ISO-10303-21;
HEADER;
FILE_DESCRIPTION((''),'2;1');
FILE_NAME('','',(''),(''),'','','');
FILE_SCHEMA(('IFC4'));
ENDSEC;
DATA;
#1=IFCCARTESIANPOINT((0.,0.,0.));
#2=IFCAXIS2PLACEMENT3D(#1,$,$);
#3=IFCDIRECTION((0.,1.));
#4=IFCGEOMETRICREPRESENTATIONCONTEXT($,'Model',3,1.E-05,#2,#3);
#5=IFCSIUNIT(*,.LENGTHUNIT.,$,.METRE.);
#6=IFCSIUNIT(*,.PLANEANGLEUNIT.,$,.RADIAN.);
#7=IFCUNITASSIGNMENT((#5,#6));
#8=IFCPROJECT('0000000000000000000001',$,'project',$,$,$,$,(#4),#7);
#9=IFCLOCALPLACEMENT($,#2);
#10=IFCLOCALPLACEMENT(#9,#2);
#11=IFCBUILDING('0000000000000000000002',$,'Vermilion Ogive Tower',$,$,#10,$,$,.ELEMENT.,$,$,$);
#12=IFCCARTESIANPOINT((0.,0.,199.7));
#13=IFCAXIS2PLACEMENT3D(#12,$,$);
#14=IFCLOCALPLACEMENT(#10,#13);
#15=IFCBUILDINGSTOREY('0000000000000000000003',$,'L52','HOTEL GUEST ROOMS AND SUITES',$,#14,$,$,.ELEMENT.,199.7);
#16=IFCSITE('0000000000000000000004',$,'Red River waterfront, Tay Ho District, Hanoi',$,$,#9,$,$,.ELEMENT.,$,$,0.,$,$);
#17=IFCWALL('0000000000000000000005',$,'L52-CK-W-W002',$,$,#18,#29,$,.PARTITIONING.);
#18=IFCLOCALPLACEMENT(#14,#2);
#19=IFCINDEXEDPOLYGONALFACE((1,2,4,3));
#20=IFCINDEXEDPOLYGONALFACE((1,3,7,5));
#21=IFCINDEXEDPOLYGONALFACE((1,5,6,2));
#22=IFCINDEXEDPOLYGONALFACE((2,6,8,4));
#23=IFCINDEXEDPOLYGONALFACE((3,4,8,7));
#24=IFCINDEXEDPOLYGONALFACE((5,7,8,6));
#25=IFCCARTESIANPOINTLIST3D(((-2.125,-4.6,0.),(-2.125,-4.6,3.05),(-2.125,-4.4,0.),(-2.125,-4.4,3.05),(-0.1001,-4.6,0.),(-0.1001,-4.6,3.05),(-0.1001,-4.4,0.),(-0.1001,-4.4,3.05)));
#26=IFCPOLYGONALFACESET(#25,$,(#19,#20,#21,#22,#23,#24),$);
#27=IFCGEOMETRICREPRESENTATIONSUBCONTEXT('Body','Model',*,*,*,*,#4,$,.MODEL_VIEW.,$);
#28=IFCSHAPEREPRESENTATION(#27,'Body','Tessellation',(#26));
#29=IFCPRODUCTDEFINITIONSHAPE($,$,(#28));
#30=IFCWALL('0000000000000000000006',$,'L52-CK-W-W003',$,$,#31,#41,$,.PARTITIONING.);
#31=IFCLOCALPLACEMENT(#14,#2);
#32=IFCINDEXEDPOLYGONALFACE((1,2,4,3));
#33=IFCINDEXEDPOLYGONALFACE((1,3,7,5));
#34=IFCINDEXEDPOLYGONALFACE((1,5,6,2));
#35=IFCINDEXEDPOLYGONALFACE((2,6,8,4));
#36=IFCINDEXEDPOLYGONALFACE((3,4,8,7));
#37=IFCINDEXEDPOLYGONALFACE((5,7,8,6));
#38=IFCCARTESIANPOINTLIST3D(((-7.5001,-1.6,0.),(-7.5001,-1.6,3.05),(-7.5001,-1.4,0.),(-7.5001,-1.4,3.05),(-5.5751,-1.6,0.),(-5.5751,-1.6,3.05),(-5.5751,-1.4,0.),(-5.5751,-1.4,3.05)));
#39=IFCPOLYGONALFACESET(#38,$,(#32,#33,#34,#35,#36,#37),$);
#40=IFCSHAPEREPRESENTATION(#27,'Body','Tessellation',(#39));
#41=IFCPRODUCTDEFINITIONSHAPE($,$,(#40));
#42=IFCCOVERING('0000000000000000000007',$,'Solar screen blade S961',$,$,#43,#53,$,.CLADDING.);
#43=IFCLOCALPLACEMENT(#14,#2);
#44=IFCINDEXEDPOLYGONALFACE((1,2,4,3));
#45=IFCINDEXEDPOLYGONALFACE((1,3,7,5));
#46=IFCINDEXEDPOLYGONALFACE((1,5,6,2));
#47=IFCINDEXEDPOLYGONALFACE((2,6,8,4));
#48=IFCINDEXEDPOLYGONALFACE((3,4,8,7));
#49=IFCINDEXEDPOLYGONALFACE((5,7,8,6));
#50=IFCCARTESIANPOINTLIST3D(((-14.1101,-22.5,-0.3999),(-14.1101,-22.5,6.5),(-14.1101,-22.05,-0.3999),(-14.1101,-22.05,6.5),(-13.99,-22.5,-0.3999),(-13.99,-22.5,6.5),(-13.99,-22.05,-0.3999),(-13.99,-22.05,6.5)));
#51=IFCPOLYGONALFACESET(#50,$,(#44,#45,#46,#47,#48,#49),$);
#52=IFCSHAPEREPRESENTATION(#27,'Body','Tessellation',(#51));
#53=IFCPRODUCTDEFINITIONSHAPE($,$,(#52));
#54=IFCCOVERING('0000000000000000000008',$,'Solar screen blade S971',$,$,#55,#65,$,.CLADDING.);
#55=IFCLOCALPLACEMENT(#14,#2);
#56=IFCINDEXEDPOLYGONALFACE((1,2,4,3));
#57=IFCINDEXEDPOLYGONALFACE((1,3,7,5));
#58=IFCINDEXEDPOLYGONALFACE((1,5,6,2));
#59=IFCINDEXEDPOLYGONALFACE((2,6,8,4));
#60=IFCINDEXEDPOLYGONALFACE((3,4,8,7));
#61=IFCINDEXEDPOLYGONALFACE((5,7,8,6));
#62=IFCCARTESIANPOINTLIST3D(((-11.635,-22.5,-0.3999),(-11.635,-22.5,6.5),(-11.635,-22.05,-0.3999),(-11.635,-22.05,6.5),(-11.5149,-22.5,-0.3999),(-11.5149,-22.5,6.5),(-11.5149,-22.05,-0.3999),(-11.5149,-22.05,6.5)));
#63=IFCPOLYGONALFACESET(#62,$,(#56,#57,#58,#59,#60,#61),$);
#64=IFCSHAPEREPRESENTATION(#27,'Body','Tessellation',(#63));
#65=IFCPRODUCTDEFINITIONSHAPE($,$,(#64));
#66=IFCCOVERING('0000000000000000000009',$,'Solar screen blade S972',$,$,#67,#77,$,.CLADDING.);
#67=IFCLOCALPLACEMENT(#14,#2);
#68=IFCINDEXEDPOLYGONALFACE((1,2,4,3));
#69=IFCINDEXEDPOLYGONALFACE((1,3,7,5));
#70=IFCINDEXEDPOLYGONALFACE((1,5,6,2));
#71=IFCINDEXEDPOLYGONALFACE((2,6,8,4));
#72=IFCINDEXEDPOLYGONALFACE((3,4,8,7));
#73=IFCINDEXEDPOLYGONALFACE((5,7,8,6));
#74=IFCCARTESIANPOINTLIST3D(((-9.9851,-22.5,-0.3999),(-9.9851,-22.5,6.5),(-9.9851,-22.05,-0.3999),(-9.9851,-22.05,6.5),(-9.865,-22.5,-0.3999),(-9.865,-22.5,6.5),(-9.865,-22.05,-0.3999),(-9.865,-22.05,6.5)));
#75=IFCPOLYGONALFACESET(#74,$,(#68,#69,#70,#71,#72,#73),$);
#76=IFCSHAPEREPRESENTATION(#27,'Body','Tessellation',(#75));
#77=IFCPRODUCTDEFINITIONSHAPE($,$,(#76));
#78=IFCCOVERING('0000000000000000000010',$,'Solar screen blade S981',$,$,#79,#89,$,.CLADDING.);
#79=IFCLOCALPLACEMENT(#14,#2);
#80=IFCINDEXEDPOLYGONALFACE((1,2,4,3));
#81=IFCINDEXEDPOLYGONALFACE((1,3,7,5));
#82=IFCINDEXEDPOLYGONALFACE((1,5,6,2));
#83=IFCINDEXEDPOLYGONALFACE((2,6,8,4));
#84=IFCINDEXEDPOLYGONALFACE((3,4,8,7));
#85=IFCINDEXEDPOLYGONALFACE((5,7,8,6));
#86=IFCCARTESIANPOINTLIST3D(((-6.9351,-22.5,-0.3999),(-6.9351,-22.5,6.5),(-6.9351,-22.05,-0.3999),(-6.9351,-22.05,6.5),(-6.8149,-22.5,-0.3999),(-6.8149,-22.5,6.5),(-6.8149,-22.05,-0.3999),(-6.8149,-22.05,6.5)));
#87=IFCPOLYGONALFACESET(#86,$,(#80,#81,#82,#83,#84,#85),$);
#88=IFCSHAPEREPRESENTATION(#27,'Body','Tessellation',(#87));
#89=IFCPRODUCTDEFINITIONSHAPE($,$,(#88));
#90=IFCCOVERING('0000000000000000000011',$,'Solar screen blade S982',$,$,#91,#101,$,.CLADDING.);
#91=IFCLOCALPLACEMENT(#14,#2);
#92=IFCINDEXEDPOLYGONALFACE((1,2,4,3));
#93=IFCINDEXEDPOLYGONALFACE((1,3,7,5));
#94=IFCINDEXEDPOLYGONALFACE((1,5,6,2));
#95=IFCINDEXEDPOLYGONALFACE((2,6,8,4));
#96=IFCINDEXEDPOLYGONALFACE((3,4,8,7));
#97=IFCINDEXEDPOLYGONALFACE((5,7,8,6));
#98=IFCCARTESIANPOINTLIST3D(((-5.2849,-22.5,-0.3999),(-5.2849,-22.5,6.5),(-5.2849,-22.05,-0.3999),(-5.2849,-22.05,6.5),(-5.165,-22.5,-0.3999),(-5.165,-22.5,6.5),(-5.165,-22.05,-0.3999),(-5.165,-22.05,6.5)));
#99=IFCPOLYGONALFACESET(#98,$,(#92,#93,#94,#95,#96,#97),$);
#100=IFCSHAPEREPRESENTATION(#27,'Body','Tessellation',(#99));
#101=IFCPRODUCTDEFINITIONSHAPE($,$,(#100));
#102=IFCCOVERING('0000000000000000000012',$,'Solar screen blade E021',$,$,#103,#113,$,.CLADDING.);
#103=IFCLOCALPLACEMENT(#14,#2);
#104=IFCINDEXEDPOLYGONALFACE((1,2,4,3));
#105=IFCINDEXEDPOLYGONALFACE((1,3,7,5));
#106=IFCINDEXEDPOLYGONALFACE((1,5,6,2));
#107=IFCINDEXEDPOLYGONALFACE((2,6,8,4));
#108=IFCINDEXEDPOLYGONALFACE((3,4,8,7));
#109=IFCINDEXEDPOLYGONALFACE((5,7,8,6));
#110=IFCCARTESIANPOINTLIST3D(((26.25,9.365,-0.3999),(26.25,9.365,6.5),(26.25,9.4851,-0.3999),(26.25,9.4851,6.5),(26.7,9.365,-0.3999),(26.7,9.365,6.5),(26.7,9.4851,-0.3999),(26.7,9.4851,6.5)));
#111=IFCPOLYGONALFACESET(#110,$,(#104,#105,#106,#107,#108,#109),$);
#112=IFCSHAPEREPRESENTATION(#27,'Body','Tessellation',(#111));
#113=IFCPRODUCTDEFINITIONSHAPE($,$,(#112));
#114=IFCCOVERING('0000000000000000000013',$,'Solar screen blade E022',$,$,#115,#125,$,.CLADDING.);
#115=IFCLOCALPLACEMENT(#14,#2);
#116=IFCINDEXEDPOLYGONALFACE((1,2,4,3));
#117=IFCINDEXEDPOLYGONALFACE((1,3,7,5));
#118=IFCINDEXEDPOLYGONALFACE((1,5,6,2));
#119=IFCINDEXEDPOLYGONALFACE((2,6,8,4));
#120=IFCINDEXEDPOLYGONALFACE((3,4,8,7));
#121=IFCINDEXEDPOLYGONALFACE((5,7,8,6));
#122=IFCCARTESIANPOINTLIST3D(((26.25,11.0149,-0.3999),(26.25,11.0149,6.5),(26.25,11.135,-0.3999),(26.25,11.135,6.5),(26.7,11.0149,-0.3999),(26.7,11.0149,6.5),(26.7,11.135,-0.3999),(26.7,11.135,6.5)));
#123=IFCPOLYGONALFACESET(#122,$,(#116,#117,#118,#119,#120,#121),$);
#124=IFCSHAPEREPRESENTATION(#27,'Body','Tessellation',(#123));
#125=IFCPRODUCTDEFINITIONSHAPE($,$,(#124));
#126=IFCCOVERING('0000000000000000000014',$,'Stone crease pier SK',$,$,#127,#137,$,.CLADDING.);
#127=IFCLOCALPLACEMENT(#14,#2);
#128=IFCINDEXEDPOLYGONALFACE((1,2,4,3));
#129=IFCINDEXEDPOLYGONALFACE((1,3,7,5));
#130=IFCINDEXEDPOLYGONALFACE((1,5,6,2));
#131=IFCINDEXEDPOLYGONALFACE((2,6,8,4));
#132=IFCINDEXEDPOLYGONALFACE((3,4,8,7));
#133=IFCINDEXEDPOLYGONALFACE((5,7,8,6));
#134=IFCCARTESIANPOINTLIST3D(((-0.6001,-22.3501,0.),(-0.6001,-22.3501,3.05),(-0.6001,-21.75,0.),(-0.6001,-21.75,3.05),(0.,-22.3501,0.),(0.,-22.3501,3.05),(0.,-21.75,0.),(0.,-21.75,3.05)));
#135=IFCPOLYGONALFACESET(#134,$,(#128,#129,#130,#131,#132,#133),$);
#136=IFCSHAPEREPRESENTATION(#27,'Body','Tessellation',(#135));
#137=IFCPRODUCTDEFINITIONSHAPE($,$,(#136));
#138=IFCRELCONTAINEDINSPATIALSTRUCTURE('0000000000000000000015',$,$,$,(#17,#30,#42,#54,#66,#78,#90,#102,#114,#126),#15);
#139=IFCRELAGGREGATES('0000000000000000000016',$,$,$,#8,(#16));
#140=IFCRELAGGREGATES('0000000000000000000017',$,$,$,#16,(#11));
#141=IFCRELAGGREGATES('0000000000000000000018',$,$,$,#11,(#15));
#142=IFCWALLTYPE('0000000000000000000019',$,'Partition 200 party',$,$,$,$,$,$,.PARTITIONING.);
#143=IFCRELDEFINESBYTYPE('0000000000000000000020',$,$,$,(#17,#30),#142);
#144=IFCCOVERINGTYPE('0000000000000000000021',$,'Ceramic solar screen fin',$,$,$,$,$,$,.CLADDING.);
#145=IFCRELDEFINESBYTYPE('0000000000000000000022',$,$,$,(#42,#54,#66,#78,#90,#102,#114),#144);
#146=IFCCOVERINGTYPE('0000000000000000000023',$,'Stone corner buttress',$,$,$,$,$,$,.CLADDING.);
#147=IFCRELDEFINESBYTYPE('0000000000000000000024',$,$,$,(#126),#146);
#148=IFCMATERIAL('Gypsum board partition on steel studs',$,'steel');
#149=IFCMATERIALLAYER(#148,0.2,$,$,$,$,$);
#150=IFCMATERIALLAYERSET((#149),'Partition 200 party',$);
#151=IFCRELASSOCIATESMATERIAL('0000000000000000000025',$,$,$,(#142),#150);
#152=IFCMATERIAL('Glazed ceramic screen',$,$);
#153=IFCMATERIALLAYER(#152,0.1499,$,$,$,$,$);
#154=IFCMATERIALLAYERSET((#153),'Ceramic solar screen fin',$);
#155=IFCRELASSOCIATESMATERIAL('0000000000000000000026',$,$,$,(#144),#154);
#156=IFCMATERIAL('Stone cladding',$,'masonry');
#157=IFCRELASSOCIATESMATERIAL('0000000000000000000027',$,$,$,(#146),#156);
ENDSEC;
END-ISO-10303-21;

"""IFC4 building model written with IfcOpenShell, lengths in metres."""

from ifc_helpers import new_model, si_unit, direction, frame, frame_2d, origin, place, context, subcontext, project, spatial, polyline, rectangle, outline, extrude, material, layer, layer_set, type_object, element, save


model = new_model("IFC4")

# Units and contexts
model_context = context("Model", 3, precision=1e-05, world=origin(), true_north=direction((0.0, 1.0)))
body_context = subcontext(model_context, "Body", "Model", "MODEL_VIEW")
ifc_project = project(units=[si_unit("LENGTHUNIT", "METRE"), si_unit("PLANEANGLEUNIT", "RADIAN")], contexts=[model_context])

# Site, building, storey
site_placement = place(None, origin())
site = spatial("IfcSite", under=ifc_project, at=site_placement, Name="Red River waterfront, Tay Ho District, Hanoi", CompositionType="ELEMENT", RefElevation=0.0)
building_placement = place(site_placement, origin())
building = spatial("IfcBuilding", under=site, at=building_placement, Name="Vermilion Ogive Tower", CompositionType="ELEMENT")
storey_placement = place(building_placement, frame((0.0, 0.0, 199.7)))
storey = spatial("IfcBuildingStorey", under=building, at=storey_placement, Name="L52", Description="HOTEL GUEST ROOMS AND SUITES", CompositionType="ELEMENT", Elevation=199.7)

# Walls
ifc_material_1 = material(Name="Gypsum board partition on steel studs", Category="steel")
ifc_layer_1 = layer(ifc_material_1, 0.2)
ifc_layer_set_1 = layer_set([ifc_layer_1], Name="Partition 200 party")
wall_type = type_object("IfcWallType", Name="Partition 200 party", PredefinedType="PARTITIONING", material=ifc_layer_set_1)
wall_1_placement = place(storey_placement, frame((-2.125, -4.5, 0.0), z_axis=(0.0, 0.0, 1.0), x_axis=(1.0, 0.0, 0.0)))
element("IfcWall", 1, at=wall_1_placement, inside=storey, type_object=wall_type, Name="L52-CK-W-W002", PredefinedType="PARTITIONING", context=body_context, shape_type="SweptSolid", body=[
    extrude(rectangle(XDim=2.0249, YDim=0.2, at=frame_2d((1.0125, 0.0))), origin(), (0.0, 0.0, 1.0), 3.05),
])
wall_2_placement = place(storey_placement, frame((-7.5, -1.5, 0.0), z_axis=(0.0, 0.0, 1.0), x_axis=(1.0, 0.0, 0.0)))
element("IfcWall", 2, at=wall_2_placement, inside=storey, type_object=wall_type, Name="L52-CK-W-W003", PredefinedType="PARTITIONING", context=body_context, shape_type="SweptSolid", body=[
    extrude(rectangle(XDim=1.925, YDim=0.2, at=frame_2d((0.9624, 0.0))), origin(), (0.0, 0.0, 1.0), 3.05),
])

# Coverings
ifc_material_2 = material(Name="Glazed ceramic screen")
ifc_layer_2 = layer(ifc_material_2, 0.1499)
ifc_layer_set_2 = layer_set([ifc_layer_2], Name="Ceramic solar screen fin")
covering_type_1 = type_object("IfcCoveringType", Name="Ceramic solar screen fin", PredefinedType="CLADDING", material=ifc_layer_set_2)
covering_1_placement = place(storey_placement, frame((0.0, 0.0, -0.3999)))
element("IfcCovering", 3, at=covering_1_placement, inside=storey, type_object=covering_type_1, Name="Solar screen blade S961", PredefinedType="CLADDING", context=body_context, shape_type="SweptSolid", body=[
    extrude(outline(polyline([(-14.1101, -22.5), (-13.99, -22.5), (-13.99, -22.05), (-14.1101, -22.05), (-14.1101, -22.5)])), origin(), (0.0, 0.0, 1.0), 6.8999),
])
covering_2_placement = place(storey_placement, frame((0.0, 0.0, -0.3999)))
element("IfcCovering", 4, at=covering_2_placement, inside=storey, type_object=covering_type_1, Name="Solar screen blade S971", PredefinedType="CLADDING", context=body_context, shape_type="SweptSolid", body=[
    extrude(outline(polyline([(-11.635, -22.5), (-11.5149, -22.5), (-11.5149, -22.05), (-11.635, -22.05), (-11.635, -22.5)])), origin(), (0.0, 0.0, 1.0), 6.8999),
])
covering_3_placement = place(storey_placement, frame((0.0, 0.0, -0.3999)))
element("IfcCovering", 5, at=covering_3_placement, inside=storey, type_object=covering_type_1, Name="Solar screen blade S972", PredefinedType="CLADDING", context=body_context, shape_type="SweptSolid", body=[
    extrude(outline(polyline([(-9.9851, -22.5), (-9.865, -22.5), (-9.865, -22.05), (-9.9851, -22.05), (-9.9851, -22.5)])), origin(), (0.0, 0.0, 1.0), 6.8999),
])
covering_4_placement = place(storey_placement, frame((0.0, 0.0, -0.3999)))
element("IfcCovering", 6, at=covering_4_placement, inside=storey, type_object=covering_type_1, Name="Solar screen blade S981", PredefinedType="CLADDING", context=body_context, shape_type="SweptSolid", body=[
    extrude(outline(polyline([(-6.9351, -22.5), (-6.8149, -22.5), (-6.8149, -22.05), (-6.9351, -22.05), (-6.9351, -22.5)])), origin(), (0.0, 0.0, 1.0), 6.8999),
])
covering_5_placement = place(storey_placement, frame((0.0, 0.0, -0.3999)))
element("IfcCovering", 7, at=covering_5_placement, inside=storey, type_object=covering_type_1, Name="Solar screen blade S982", PredefinedType="CLADDING", context=body_context, shape_type="SweptSolid", body=[
    extrude(outline(polyline([(-5.2849, -22.5), (-5.165, -22.5), (-5.165, -22.05), (-5.2849, -22.05), (-5.2849, -22.5)])), origin(), (0.0, 0.0, 1.0), 6.8999),
])
covering_6_placement = place(storey_placement, frame((0.0, 0.0, -0.3999)))
element("IfcCovering", 8, at=covering_6_placement, inside=storey, type_object=covering_type_1, Name="Solar screen blade E021", PredefinedType="CLADDING", context=body_context, shape_type="SweptSolid", body=[
    extrude(outline(polyline([(26.7, 9.365), (26.7, 9.4851), (26.25, 9.4851), (26.25, 9.365), (26.7, 9.365)])), origin(), (0.0, 0.0, 1.0), 6.8999),
])
covering_7_placement = place(storey_placement, frame((0.0, 0.0, -0.3999)))
element("IfcCovering", 9, at=covering_7_placement, inside=storey, type_object=covering_type_1, Name="Solar screen blade E022", PredefinedType="CLADDING", context=body_context, shape_type="SweptSolid", body=[
    extrude(outline(polyline([(26.7, 11.0149), (26.7, 11.135), (26.25, 11.135), (26.25, 11.0149), (26.7, 11.0149)])), origin(), (0.0, 0.0, 1.0), 6.8999),
])
ifc_material_3 = material(Name="Stone cladding", Category="masonry")
covering_type_2 = type_object("IfcCoveringType", Name="Stone corner buttress", PredefinedType="CLADDING", material=ifc_material_3)
covering_8_placement = place(storey_placement, origin())
element("IfcCovering", 10, at=covering_8_placement, inside=storey, type_object=covering_type_2, Name="Stone crease pier SK", PredefinedType="CLADDING", context=body_context, shape_type="SweptSolid", body=[
    extrude(outline(polyline([(-0.6001, -22.3501), (0.0, -22.3501), (0.0, -21.75), (-0.6001, -21.75), (-0.6001, -22.3501)])), origin(), (0.0, 0.0, 1.0), 3.05),
])

save(model, "model.ifc")
